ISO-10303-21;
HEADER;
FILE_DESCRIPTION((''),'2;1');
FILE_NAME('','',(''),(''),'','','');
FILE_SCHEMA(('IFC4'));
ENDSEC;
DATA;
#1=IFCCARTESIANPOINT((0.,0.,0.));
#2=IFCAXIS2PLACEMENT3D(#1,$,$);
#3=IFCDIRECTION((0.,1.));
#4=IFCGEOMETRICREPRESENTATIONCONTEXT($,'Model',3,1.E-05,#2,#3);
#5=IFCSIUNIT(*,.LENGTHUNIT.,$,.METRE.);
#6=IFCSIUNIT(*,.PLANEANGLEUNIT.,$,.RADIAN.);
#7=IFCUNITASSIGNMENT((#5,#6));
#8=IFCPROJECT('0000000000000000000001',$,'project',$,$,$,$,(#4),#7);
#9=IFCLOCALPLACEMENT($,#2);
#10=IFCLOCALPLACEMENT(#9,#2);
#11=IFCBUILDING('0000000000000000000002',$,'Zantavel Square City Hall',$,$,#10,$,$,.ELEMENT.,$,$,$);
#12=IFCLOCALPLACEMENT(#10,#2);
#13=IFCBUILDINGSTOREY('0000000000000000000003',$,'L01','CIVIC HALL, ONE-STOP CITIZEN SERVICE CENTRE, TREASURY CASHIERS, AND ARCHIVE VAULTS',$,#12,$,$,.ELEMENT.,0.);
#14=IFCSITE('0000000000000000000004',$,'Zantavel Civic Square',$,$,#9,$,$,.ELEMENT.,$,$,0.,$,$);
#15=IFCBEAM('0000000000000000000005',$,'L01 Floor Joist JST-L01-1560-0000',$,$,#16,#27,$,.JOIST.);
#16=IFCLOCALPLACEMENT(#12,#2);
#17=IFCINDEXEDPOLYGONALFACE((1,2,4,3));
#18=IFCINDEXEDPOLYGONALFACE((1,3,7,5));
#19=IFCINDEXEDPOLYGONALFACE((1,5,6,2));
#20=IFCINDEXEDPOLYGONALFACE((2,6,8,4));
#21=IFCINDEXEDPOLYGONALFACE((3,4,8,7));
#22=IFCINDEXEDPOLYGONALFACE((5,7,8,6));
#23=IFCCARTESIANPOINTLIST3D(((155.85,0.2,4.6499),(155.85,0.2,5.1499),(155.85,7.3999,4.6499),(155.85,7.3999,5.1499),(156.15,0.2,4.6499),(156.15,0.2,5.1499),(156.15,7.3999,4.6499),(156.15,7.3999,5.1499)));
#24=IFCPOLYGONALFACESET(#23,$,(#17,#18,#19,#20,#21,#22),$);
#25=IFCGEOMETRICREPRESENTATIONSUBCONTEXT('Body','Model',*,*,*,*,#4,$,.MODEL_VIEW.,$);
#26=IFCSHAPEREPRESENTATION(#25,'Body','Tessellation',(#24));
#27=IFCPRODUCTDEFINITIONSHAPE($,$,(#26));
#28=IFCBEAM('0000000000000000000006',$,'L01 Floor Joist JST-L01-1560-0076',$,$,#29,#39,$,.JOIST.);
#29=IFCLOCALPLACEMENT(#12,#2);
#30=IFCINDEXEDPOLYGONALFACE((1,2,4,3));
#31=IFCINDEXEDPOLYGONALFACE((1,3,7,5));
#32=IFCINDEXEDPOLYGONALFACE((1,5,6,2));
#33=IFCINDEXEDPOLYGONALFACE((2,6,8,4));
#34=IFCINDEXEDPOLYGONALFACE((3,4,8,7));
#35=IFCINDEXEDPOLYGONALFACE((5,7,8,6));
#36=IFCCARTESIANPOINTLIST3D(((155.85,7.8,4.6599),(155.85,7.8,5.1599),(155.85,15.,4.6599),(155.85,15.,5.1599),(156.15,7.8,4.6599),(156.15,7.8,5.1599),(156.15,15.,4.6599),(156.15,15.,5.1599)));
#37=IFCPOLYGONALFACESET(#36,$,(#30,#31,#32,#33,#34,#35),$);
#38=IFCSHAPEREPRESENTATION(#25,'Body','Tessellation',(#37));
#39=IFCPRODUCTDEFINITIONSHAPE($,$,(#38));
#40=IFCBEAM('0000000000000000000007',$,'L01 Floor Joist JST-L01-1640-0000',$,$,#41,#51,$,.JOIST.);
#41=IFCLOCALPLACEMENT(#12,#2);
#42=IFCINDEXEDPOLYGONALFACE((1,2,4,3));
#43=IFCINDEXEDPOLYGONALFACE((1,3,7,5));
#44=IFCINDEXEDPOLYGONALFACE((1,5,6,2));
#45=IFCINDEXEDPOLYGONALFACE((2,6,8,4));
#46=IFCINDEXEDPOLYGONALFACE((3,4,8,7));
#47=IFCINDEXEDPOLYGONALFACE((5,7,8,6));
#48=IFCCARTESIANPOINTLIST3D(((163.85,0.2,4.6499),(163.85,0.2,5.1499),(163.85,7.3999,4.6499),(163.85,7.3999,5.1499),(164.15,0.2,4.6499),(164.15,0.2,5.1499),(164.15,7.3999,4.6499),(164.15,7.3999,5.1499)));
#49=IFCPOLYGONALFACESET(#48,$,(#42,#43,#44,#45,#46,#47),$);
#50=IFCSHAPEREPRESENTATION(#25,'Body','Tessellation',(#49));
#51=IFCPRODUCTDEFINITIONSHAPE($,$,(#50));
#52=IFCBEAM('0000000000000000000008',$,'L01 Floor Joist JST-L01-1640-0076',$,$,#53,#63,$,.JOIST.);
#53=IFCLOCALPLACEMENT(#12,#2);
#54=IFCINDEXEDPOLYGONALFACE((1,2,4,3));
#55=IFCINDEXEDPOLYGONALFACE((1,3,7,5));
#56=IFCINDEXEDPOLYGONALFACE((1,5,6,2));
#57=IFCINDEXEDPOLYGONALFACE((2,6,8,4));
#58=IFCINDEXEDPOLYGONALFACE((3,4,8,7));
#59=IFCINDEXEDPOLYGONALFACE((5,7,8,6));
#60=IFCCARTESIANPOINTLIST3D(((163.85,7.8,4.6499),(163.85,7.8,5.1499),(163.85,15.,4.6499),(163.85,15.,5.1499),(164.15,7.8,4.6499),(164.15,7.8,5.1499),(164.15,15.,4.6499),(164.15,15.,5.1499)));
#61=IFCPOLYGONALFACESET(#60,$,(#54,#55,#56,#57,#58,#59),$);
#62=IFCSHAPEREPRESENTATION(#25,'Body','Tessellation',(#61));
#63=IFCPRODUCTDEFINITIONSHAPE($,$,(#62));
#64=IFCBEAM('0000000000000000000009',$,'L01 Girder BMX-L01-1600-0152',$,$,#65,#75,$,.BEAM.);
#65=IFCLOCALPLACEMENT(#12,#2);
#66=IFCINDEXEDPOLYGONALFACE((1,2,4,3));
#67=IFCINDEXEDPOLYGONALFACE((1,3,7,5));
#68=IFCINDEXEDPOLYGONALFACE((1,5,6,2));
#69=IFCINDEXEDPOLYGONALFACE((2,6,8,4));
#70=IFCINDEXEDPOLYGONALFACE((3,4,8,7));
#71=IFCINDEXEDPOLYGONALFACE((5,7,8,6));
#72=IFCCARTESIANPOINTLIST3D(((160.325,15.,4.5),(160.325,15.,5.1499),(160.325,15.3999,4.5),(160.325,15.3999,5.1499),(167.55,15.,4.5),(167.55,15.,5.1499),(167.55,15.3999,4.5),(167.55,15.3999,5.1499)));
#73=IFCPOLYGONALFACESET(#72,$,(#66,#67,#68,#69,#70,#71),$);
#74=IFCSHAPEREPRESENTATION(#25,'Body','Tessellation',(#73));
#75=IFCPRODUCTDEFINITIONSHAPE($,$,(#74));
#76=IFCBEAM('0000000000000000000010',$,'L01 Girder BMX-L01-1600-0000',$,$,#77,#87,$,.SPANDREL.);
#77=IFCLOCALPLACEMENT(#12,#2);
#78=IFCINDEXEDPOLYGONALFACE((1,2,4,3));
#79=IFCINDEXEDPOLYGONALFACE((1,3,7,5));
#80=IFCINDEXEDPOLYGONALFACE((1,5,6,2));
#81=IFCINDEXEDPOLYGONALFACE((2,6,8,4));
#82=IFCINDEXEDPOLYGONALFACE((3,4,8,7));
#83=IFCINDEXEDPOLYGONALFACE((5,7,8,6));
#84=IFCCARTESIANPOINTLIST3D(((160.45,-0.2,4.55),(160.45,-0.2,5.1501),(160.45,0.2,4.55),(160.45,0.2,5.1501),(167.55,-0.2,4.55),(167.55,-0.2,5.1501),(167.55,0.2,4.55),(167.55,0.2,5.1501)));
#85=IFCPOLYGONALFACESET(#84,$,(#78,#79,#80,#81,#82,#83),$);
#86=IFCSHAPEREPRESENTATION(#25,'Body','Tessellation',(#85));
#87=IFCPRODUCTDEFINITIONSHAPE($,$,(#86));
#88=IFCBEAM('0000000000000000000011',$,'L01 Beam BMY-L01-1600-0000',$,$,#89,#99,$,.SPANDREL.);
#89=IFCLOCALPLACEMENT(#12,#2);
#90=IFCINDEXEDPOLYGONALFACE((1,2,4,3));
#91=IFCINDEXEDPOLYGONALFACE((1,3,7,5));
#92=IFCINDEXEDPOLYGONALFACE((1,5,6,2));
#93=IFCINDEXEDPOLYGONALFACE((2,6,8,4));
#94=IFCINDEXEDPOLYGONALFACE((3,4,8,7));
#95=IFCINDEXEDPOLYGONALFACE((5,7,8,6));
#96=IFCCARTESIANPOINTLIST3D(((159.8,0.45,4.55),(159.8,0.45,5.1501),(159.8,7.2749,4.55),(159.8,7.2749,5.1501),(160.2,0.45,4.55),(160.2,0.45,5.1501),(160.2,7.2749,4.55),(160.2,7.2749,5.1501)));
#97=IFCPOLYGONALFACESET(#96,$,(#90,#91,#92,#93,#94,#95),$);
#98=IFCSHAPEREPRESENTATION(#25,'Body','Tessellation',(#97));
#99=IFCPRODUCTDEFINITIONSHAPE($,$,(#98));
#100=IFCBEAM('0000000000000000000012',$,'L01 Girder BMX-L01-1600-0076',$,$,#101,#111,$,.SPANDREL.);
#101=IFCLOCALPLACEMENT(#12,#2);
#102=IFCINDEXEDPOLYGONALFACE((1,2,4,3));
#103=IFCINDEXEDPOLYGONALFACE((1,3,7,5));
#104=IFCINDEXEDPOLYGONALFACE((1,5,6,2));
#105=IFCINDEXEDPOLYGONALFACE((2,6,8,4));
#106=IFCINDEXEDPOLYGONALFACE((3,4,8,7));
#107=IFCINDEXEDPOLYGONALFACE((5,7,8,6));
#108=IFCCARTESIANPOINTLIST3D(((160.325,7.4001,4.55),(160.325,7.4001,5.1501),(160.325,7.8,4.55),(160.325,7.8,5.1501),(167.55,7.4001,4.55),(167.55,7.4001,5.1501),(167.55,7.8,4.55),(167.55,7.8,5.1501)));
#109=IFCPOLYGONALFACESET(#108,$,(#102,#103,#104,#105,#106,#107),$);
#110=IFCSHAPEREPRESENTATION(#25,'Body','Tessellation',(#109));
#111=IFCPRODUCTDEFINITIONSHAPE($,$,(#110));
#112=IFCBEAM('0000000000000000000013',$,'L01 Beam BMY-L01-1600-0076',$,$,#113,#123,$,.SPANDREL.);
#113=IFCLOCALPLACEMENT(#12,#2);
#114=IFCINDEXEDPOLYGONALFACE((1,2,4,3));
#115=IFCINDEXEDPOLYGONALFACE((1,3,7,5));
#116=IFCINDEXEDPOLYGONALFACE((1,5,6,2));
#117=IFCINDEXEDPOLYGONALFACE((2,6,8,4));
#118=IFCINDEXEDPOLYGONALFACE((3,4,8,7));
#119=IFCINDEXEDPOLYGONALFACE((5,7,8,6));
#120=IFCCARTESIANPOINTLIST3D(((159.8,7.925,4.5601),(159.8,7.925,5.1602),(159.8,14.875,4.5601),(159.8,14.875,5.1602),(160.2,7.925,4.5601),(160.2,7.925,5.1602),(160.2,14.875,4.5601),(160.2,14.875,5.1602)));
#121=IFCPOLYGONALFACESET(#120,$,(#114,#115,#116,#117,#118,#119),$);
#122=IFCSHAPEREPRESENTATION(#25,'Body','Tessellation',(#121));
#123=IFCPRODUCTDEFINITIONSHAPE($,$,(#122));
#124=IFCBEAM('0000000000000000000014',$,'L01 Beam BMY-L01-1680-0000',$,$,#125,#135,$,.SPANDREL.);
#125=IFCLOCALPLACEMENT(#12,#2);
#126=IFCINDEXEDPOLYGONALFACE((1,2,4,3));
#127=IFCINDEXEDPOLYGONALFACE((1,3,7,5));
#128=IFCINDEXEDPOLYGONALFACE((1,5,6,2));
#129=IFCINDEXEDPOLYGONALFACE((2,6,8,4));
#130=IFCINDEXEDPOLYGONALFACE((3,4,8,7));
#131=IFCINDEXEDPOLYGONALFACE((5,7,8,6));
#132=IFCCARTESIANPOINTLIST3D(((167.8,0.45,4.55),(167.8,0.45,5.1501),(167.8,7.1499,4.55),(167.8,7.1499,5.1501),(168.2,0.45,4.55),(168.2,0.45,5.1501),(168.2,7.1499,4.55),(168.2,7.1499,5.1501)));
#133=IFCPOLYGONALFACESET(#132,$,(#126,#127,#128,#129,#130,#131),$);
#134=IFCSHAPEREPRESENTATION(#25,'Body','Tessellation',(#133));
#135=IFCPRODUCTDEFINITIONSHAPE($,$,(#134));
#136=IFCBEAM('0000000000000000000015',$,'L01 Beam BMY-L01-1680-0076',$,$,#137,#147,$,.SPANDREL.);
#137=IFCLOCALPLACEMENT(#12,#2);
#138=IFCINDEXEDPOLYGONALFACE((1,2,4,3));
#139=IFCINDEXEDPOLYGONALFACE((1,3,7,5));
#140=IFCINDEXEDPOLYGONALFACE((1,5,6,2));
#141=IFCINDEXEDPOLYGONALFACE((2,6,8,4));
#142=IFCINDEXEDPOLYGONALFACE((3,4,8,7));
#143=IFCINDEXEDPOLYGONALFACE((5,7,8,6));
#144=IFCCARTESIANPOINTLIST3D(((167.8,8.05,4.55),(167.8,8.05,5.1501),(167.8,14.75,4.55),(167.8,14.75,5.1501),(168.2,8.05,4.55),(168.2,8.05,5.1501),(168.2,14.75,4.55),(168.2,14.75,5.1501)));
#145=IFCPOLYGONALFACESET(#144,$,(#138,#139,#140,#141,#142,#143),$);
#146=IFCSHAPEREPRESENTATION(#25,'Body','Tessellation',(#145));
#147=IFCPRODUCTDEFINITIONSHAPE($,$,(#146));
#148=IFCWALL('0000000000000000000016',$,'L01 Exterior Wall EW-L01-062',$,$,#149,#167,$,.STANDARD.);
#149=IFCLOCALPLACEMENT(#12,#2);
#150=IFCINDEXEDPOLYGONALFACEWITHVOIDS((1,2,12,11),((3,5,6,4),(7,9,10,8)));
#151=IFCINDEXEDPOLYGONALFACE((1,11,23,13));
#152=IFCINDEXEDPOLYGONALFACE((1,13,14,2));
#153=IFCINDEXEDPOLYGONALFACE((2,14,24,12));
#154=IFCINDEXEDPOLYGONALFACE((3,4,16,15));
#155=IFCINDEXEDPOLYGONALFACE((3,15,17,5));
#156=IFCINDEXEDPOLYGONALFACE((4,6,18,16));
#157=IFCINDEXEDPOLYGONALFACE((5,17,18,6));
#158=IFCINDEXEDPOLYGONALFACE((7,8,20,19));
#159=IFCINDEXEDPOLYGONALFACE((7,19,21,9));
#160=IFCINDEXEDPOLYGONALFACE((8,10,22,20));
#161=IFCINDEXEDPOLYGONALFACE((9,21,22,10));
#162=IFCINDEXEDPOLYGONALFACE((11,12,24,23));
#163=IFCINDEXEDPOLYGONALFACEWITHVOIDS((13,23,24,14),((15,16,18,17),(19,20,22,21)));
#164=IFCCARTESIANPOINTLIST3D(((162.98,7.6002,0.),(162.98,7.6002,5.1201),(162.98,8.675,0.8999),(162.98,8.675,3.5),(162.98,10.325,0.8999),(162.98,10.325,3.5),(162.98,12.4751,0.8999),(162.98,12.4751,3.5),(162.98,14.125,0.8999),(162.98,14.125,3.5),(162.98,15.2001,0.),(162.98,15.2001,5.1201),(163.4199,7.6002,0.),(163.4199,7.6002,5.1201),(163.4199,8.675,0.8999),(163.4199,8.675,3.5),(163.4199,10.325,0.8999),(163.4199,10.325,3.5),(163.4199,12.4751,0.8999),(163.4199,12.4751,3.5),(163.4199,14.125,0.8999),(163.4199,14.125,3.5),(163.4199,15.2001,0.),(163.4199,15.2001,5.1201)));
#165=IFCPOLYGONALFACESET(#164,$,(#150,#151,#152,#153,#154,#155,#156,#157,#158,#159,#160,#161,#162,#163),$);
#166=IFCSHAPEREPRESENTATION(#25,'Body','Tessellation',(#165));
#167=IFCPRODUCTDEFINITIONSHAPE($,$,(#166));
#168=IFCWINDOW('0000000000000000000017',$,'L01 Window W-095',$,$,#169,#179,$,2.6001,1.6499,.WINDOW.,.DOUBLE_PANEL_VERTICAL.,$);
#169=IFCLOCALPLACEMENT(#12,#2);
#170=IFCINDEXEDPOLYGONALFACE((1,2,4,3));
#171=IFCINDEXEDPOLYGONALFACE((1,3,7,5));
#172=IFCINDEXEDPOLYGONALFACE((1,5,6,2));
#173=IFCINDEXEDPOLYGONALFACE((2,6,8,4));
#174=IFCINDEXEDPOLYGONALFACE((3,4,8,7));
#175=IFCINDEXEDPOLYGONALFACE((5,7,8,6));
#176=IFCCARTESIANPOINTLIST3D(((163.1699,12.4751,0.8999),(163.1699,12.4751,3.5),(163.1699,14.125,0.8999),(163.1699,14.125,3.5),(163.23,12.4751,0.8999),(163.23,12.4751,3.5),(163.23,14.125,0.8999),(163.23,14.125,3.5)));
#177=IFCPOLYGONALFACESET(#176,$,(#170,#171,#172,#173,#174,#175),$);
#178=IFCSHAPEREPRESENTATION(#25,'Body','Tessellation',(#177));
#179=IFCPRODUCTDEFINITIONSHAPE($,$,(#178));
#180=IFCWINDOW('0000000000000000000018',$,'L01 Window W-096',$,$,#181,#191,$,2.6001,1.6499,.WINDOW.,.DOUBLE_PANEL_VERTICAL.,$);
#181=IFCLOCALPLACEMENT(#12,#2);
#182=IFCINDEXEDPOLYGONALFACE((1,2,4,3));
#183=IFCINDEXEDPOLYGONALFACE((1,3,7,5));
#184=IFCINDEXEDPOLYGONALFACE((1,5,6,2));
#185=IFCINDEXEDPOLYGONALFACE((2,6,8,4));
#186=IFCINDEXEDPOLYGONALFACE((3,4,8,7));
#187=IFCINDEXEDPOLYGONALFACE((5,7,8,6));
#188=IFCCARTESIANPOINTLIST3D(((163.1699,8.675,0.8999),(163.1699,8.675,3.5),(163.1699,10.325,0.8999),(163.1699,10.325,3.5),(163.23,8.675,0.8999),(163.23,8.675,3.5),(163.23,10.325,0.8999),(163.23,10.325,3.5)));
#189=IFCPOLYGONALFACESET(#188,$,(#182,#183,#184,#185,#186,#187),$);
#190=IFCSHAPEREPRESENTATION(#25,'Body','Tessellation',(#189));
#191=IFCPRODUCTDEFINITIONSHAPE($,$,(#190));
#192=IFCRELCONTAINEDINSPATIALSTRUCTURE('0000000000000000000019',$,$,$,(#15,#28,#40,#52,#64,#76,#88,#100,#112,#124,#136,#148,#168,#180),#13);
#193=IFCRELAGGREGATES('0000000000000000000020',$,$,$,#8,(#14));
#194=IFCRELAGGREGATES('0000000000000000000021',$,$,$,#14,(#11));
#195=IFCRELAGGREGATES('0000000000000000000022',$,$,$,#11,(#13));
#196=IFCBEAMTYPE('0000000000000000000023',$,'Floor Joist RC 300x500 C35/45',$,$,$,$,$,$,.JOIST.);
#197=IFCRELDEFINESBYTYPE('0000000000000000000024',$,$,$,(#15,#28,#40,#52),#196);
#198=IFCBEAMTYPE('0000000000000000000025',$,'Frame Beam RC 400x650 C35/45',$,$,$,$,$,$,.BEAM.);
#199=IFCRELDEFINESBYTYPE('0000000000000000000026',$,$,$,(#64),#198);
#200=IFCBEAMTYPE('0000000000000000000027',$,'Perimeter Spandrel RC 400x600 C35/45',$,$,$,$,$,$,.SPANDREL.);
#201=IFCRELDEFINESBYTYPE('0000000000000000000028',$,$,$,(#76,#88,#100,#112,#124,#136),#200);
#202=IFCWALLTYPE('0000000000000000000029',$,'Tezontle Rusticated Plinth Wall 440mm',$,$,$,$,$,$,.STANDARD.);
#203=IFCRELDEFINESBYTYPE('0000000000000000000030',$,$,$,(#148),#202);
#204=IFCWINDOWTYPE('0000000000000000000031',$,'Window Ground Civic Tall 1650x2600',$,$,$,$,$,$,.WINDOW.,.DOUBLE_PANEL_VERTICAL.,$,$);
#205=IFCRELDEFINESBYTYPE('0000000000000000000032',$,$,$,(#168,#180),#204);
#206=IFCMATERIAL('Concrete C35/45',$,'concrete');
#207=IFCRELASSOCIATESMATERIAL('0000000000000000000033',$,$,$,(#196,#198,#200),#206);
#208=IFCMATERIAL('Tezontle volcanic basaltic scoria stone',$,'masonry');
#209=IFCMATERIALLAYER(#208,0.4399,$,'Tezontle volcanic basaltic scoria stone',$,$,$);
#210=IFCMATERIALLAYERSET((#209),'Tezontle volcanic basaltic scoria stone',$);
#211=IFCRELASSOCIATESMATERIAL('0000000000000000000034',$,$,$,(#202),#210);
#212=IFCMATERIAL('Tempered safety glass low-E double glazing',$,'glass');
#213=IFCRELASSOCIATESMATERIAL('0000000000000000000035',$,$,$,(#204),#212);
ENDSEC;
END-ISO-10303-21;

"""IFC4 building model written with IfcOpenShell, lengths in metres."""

from ifc_helpers import new_model, si_unit, direction, frame, frame_2d, origin, origin_2d, place, context, subcontext, project, spatial, rectangle, extrude, material, layer, layer_set, material_profile, profile_set, type_object, element, fill, save


model = new_model("IFC4")

# Units and contexts
model_context = context("Model", 3, precision=1e-05, world=origin(), true_north=direction((0.0, 1.0)))
body_context = subcontext(model_context, "Body", "Model", "MODEL_VIEW")
ifc_project = project(units=[si_unit("LENGTHUNIT", "METRE"), si_unit("PLANEANGLEUNIT", "RADIAN")], contexts=[model_context])

# Site, building, storey
site_placement = place(None, origin())
site = spatial("IfcSite", under=ifc_project, at=site_placement, Name="Zantavel Civic Square", CompositionType="ELEMENT", RefElevation=0.0)
building_placement = place(site_placement, origin())
building = spatial("IfcBuilding", under=site, at=building_placement, Name="Zantavel Square City Hall", CompositionType="ELEMENT")
storey_placement = place(building_placement, origin())
storey = spatial("IfcBuildingStorey", under=building, at=storey_placement, Name="L01", Description="CIVIC HALL, ONE-STOP CITIZEN SERVICE CENTRE, TREASURY CASHIERS, AND ARCHIVE VAULTS", CompositionType="ELEMENT", Elevation=0.0)

# Beams
ifc_material_1 = material(Name="Concrete C35/45", Category="concrete")
ifc_material_profile_1 = material_profile(ifc_material_1, rectangle(XDim=0.3, YDim=0.5, at=origin_2d()), Name="RC 300x500")
ifc_profile_set_1 = profile_set([ifc_material_profile_1], Name="Concrete C35/45")
beam_type_1 = type_object("IfcBeamType", Name="Floor Joist RC 300x500 C35/45", PredefinedType="JOIST", material=ifc_profile_set_1)
for number, where, z_axis, x_axis, name in (
    (1, (156.0, 0.2, 4.8999), (0.0, 1.0, 0.0), (-1.0, 0.0, 0.0), "L01 Floor Joist JST-L01-1560-0000"),
    (2, (156.0, 7.8, 4.9099), (0.0, 1.0, 0.0), (-1.0, 0.0, 0.0), "L01 Floor Joist JST-L01-1560-0076"),
    (3, (164.0, 0.2, 4.8999), (0.0, 1.0, 0.0), (-1.0, 0.0, 0.0), "L01 Floor Joist JST-L01-1640-0000"),
    (4, (164.0, 7.8, 4.8999), (0.0, 1.0, 0.0), (-1.0, 0.0, 0.0), "L01 Floor Joist JST-L01-1640-0076"),
):
    element("IfcBeam", number, at=place(storey_placement, frame(where, z_axis=z_axis, x_axis=x_axis)), inside=storey, type_object=beam_type_1, Name=name, PredefinedType="JOIST", context=body_context, shape_type="SweptSolid", body=[
        extrude(rectangle(XDim=0.3, YDim=0.5, at=origin_2d()), origin(), (0.0, 0.0, 1.0), 7.2),
    ])
ifc_material_profile_2 = material_profile(ifc_material_1, rectangle(XDim=0.3999, YDim=0.6499, at=origin_2d()), Name="RC 400x650")
ifc_profile_set_2 = profile_set([ifc_material_profile_2], Name="Concrete C35/45")
beam_type_2 = type_object("IfcBeamType", Name="Frame Beam RC 400x650 C35/45", PredefinedType="BEAM", material=ifc_profile_set_2)
beam_1_placement = place(storey_placement, frame((160.325, 15.2, 4.825), z_axis=(1.0, 0.0, 0.0), x_axis=(0.0, 1.0, 0.0)))
element("IfcBeam", 5, at=beam_1_placement, inside=storey, type_object=beam_type_2, Name="L01 Girder BMX-L01-1600-0152", PredefinedType="BEAM", context=body_context, shape_type="SweptSolid", body=[
    extrude(rectangle(XDim=0.3999, YDim=0.6499, at=origin_2d()), origin(), (0.0, 0.0, 1.0), 7.2251),
])
ifc_material_profile_3 = material_profile(ifc_material_1, rectangle(XDim=0.3999, YDim=0.6001, at=origin_2d()), Name="RC 400x600")
ifc_profile_set_3 = profile_set([ifc_material_profile_3], Name="Concrete C35/45")
beam_type_3 = type_object("IfcBeamType", Name="Perimeter Spandrel RC 400x600 C35/45", PredefinedType="SPANDREL", material=ifc_profile_set_3)
beam_2_placement = place(storey_placement, frame((160.45, 0.0, 4.8501), z_axis=(1.0, 0.0, 0.0), x_axis=(0.0, 1.0, 0.0)))
element("IfcBeam", 6, at=beam_2_placement, inside=storey, type_object=beam_type_3, Name="L01 Girder BMX-L01-1600-0000", PredefinedType="SPANDREL", context=body_context, shape_type="SweptSolid", body=[
    extrude(rectangle(XDim=0.3999, YDim=0.6001, at=origin_2d()), origin(), (0.0, 0.0, 1.0), 7.1001),
])
beam_3_placement = place(storey_placement, frame((160.0, 0.45, 4.8501), z_axis=(0.0, 1.0, 0.0), x_axis=(-1.0, 0.0, 0.0)))
element("IfcBeam", 7, at=beam_3_placement, inside=storey, type_object=beam_type_3, Name="L01 Beam BMY-L01-1600-0000", PredefinedType="SPANDREL", context=body_context, shape_type="SweptSolid", body=[
    extrude(rectangle(XDim=0.3999, YDim=0.6001, at=origin_2d()), origin(), (0.0, 0.0, 1.0), 6.825),
])
beam_4_placement = place(storey_placement, frame((160.325, 7.6001, 4.8501), z_axis=(1.0, 0.0, 0.0), x_axis=(0.0, 1.0, 0.0)))
element("IfcBeam", 8, at=beam_4_placement, inside=storey, type_object=beam_type_3, Name="L01 Girder BMX-L01-1600-0076", PredefinedType="SPANDREL", context=body_context, shape_type="SweptSolid", body=[
    extrude(rectangle(XDim=0.3999, YDim=0.6001, at=origin_2d()), origin(), (0.0, 0.0, 1.0), 7.2251),
])
beam_5_placement = place(storey_placement, frame((160.0, 7.925, 4.8601), z_axis=(0.0, 1.0, 0.0), x_axis=(-1.0, 0.0, 0.0)))
element("IfcBeam", 9, at=beam_5_placement, inside=storey, type_object=beam_type_3, Name="L01 Beam BMY-L01-1600-0076", PredefinedType="SPANDREL", context=body_context, shape_type="SweptSolid", body=[
    extrude(rectangle(XDim=0.3999, YDim=0.6001, at=origin_2d()), origin(), (0.0, 0.0, 1.0), 6.95),
])
for number, where, z_axis, x_axis, name in (
    (10, (168.0, 0.45, 4.8501), (0.0, 1.0, 0.0), (-1.0, 0.0, 0.0), "L01 Beam BMY-L01-1680-0000"),
    (11, (168.0, 8.05, 4.8501), (0.0, 1.0, 0.0), (-1.0, 0.0, 0.0), "L01 Beam BMY-L01-1680-0076"),
):
    element("IfcBeam", number, at=place(storey_placement, frame(where, z_axis=z_axis, x_axis=x_axis)), inside=storey, type_object=beam_type_3, Name=name, PredefinedType="SPANDREL", context=body_context, shape_type="SweptSolid", body=[
        extrude(rectangle(XDim=0.3999, YDim=0.6001, at=origin_2d()), origin(), (0.0, 0.0, 1.0), 6.7),
    ])

# Wall, openings, windows
ifc_material_2 = material(Name="Tezontle volcanic basaltic scoria stone", Category="masonry")
ifc_layer = layer(ifc_material_2, 0.4399, Name="Tezontle volcanic basaltic scoria stone")
ifc_layer_set = layer_set([ifc_layer], Name="Tezontle volcanic basaltic scoria stone")
wall_type = type_object("IfcWallType", Name="Tezontle Rusticated Plinth Wall 440mm", PredefinedType="STANDARD", material=ifc_layer_set)
wall_1_placement = place(storey_placement, frame((163.2, 15.2, 0.0), z_axis=(0.0, 0.0, 1.0), x_axis=(0.0, -1.0, 0.0)))
wall_1 = element("IfcWall", 12, at=wall_1_placement, inside=storey, type_object=wall_type, Name="L01 Exterior Wall EW-L01-062", PredefinedType="STANDARD", context=body_context, shape_type="SweptSolid", body=[
    extrude(rectangle(XDim=7.5999, YDim=0.4399, at=frame_2d((3.7998, 0.0))), origin(), (0.0, 0.0, 1.0), 5.1201),
])
opening_1_placement = place(wall_1_placement, frame((1.075, 0.0, 0.8999)))
opening_1 = element("IfcOpeningElement", 13, at=opening_1_placement, cuts=wall_1, PredefinedType="OPENING", context=body_context, shape_type="SweptSolid", body=[
    extrude(rectangle(XDim=1.6499, YDim=2.6001, at=frame_2d((0.825, 1.3))), frame((0.0, 0.23, 0.0), z_axis=(0.0, -1.0, 0.0), x_axis=(1.0, 0.0, 0.0)), (0.0, 0.0, 1.0), 0.46),
])
opening_2_placement = place(wall_1_placement, frame((4.875, 0.0, 0.8999)))
opening_2 = element("IfcOpeningElement", 14, at=opening_2_placement, cuts=wall_1, PredefinedType="OPENING", context=body_context, shape_type="SweptSolid", body=[
    extrude(rectangle(XDim=1.6499, YDim=2.6001, at=frame_2d((0.825, 1.3))), frame((0.0, 0.23, 0.0), z_axis=(0.0, -1.0, 0.0), x_axis=(1.0, 0.0, 0.0)), (0.0, 0.0, 1.0), 0.46),
])
ifc_material_3 = material(Name="Tempered safety glass low-E double glazing", Category="glass")
window_type_1 = type_object("IfcWindowType", Name="Window Ground Civic Tall 1650x2600", PartitioningType="DOUBLE_PANEL_VERTICAL", PredefinedType="WINDOW", material=ifc_material_3)
window_1_placement = place(opening_1_placement, origin())
window_1 = element("IfcWindow", 15, at=window_1_placement, inside=storey, type_object=window_type_1, Name="L01 Window W-095", OverallHeight=2.6001, OverallWidth=1.6499, PartitioningType="DOUBLE_PANEL_VERTICAL", PredefinedType="WINDOW", context=body_context, shape_type="SweptSolid", body=[
    extrude(rectangle(XDim=1.6499, YDim=2.6001, at=frame_2d((0.825, 1.3))), frame((0.0, 0.03, 0.0), z_axis=(0.0, -1.0, 0.0), x_axis=(1.0, 0.0, 0.0)), (0.0, 0.0, 1.0), 0.0601),
])
fill(opening_1, window_1)
window_2_placement = place(opening_2_placement, origin())
window_2 = element("IfcWindow", 16, at=window_2_placement, inside=storey, type_object=window_type_1, Name="L01 Window W-096", OverallHeight=2.6001, OverallWidth=1.6499, PartitioningType="DOUBLE_PANEL_VERTICAL", PredefinedType="WINDOW", context=body_context, shape_type="SweptSolid", body=[
    extrude(rectangle(XDim=1.6499, YDim=2.6001, at=frame_2d((0.825, 1.3))), frame((0.0, 0.03, 0.0), z_axis=(0.0, -1.0, 0.0), x_axis=(1.0, 0.0, 0.0)), (0.0, 0.0, 1.0), 0.0601),
])
fill(opening_2, window_2)

save(model, "model.ifc")
